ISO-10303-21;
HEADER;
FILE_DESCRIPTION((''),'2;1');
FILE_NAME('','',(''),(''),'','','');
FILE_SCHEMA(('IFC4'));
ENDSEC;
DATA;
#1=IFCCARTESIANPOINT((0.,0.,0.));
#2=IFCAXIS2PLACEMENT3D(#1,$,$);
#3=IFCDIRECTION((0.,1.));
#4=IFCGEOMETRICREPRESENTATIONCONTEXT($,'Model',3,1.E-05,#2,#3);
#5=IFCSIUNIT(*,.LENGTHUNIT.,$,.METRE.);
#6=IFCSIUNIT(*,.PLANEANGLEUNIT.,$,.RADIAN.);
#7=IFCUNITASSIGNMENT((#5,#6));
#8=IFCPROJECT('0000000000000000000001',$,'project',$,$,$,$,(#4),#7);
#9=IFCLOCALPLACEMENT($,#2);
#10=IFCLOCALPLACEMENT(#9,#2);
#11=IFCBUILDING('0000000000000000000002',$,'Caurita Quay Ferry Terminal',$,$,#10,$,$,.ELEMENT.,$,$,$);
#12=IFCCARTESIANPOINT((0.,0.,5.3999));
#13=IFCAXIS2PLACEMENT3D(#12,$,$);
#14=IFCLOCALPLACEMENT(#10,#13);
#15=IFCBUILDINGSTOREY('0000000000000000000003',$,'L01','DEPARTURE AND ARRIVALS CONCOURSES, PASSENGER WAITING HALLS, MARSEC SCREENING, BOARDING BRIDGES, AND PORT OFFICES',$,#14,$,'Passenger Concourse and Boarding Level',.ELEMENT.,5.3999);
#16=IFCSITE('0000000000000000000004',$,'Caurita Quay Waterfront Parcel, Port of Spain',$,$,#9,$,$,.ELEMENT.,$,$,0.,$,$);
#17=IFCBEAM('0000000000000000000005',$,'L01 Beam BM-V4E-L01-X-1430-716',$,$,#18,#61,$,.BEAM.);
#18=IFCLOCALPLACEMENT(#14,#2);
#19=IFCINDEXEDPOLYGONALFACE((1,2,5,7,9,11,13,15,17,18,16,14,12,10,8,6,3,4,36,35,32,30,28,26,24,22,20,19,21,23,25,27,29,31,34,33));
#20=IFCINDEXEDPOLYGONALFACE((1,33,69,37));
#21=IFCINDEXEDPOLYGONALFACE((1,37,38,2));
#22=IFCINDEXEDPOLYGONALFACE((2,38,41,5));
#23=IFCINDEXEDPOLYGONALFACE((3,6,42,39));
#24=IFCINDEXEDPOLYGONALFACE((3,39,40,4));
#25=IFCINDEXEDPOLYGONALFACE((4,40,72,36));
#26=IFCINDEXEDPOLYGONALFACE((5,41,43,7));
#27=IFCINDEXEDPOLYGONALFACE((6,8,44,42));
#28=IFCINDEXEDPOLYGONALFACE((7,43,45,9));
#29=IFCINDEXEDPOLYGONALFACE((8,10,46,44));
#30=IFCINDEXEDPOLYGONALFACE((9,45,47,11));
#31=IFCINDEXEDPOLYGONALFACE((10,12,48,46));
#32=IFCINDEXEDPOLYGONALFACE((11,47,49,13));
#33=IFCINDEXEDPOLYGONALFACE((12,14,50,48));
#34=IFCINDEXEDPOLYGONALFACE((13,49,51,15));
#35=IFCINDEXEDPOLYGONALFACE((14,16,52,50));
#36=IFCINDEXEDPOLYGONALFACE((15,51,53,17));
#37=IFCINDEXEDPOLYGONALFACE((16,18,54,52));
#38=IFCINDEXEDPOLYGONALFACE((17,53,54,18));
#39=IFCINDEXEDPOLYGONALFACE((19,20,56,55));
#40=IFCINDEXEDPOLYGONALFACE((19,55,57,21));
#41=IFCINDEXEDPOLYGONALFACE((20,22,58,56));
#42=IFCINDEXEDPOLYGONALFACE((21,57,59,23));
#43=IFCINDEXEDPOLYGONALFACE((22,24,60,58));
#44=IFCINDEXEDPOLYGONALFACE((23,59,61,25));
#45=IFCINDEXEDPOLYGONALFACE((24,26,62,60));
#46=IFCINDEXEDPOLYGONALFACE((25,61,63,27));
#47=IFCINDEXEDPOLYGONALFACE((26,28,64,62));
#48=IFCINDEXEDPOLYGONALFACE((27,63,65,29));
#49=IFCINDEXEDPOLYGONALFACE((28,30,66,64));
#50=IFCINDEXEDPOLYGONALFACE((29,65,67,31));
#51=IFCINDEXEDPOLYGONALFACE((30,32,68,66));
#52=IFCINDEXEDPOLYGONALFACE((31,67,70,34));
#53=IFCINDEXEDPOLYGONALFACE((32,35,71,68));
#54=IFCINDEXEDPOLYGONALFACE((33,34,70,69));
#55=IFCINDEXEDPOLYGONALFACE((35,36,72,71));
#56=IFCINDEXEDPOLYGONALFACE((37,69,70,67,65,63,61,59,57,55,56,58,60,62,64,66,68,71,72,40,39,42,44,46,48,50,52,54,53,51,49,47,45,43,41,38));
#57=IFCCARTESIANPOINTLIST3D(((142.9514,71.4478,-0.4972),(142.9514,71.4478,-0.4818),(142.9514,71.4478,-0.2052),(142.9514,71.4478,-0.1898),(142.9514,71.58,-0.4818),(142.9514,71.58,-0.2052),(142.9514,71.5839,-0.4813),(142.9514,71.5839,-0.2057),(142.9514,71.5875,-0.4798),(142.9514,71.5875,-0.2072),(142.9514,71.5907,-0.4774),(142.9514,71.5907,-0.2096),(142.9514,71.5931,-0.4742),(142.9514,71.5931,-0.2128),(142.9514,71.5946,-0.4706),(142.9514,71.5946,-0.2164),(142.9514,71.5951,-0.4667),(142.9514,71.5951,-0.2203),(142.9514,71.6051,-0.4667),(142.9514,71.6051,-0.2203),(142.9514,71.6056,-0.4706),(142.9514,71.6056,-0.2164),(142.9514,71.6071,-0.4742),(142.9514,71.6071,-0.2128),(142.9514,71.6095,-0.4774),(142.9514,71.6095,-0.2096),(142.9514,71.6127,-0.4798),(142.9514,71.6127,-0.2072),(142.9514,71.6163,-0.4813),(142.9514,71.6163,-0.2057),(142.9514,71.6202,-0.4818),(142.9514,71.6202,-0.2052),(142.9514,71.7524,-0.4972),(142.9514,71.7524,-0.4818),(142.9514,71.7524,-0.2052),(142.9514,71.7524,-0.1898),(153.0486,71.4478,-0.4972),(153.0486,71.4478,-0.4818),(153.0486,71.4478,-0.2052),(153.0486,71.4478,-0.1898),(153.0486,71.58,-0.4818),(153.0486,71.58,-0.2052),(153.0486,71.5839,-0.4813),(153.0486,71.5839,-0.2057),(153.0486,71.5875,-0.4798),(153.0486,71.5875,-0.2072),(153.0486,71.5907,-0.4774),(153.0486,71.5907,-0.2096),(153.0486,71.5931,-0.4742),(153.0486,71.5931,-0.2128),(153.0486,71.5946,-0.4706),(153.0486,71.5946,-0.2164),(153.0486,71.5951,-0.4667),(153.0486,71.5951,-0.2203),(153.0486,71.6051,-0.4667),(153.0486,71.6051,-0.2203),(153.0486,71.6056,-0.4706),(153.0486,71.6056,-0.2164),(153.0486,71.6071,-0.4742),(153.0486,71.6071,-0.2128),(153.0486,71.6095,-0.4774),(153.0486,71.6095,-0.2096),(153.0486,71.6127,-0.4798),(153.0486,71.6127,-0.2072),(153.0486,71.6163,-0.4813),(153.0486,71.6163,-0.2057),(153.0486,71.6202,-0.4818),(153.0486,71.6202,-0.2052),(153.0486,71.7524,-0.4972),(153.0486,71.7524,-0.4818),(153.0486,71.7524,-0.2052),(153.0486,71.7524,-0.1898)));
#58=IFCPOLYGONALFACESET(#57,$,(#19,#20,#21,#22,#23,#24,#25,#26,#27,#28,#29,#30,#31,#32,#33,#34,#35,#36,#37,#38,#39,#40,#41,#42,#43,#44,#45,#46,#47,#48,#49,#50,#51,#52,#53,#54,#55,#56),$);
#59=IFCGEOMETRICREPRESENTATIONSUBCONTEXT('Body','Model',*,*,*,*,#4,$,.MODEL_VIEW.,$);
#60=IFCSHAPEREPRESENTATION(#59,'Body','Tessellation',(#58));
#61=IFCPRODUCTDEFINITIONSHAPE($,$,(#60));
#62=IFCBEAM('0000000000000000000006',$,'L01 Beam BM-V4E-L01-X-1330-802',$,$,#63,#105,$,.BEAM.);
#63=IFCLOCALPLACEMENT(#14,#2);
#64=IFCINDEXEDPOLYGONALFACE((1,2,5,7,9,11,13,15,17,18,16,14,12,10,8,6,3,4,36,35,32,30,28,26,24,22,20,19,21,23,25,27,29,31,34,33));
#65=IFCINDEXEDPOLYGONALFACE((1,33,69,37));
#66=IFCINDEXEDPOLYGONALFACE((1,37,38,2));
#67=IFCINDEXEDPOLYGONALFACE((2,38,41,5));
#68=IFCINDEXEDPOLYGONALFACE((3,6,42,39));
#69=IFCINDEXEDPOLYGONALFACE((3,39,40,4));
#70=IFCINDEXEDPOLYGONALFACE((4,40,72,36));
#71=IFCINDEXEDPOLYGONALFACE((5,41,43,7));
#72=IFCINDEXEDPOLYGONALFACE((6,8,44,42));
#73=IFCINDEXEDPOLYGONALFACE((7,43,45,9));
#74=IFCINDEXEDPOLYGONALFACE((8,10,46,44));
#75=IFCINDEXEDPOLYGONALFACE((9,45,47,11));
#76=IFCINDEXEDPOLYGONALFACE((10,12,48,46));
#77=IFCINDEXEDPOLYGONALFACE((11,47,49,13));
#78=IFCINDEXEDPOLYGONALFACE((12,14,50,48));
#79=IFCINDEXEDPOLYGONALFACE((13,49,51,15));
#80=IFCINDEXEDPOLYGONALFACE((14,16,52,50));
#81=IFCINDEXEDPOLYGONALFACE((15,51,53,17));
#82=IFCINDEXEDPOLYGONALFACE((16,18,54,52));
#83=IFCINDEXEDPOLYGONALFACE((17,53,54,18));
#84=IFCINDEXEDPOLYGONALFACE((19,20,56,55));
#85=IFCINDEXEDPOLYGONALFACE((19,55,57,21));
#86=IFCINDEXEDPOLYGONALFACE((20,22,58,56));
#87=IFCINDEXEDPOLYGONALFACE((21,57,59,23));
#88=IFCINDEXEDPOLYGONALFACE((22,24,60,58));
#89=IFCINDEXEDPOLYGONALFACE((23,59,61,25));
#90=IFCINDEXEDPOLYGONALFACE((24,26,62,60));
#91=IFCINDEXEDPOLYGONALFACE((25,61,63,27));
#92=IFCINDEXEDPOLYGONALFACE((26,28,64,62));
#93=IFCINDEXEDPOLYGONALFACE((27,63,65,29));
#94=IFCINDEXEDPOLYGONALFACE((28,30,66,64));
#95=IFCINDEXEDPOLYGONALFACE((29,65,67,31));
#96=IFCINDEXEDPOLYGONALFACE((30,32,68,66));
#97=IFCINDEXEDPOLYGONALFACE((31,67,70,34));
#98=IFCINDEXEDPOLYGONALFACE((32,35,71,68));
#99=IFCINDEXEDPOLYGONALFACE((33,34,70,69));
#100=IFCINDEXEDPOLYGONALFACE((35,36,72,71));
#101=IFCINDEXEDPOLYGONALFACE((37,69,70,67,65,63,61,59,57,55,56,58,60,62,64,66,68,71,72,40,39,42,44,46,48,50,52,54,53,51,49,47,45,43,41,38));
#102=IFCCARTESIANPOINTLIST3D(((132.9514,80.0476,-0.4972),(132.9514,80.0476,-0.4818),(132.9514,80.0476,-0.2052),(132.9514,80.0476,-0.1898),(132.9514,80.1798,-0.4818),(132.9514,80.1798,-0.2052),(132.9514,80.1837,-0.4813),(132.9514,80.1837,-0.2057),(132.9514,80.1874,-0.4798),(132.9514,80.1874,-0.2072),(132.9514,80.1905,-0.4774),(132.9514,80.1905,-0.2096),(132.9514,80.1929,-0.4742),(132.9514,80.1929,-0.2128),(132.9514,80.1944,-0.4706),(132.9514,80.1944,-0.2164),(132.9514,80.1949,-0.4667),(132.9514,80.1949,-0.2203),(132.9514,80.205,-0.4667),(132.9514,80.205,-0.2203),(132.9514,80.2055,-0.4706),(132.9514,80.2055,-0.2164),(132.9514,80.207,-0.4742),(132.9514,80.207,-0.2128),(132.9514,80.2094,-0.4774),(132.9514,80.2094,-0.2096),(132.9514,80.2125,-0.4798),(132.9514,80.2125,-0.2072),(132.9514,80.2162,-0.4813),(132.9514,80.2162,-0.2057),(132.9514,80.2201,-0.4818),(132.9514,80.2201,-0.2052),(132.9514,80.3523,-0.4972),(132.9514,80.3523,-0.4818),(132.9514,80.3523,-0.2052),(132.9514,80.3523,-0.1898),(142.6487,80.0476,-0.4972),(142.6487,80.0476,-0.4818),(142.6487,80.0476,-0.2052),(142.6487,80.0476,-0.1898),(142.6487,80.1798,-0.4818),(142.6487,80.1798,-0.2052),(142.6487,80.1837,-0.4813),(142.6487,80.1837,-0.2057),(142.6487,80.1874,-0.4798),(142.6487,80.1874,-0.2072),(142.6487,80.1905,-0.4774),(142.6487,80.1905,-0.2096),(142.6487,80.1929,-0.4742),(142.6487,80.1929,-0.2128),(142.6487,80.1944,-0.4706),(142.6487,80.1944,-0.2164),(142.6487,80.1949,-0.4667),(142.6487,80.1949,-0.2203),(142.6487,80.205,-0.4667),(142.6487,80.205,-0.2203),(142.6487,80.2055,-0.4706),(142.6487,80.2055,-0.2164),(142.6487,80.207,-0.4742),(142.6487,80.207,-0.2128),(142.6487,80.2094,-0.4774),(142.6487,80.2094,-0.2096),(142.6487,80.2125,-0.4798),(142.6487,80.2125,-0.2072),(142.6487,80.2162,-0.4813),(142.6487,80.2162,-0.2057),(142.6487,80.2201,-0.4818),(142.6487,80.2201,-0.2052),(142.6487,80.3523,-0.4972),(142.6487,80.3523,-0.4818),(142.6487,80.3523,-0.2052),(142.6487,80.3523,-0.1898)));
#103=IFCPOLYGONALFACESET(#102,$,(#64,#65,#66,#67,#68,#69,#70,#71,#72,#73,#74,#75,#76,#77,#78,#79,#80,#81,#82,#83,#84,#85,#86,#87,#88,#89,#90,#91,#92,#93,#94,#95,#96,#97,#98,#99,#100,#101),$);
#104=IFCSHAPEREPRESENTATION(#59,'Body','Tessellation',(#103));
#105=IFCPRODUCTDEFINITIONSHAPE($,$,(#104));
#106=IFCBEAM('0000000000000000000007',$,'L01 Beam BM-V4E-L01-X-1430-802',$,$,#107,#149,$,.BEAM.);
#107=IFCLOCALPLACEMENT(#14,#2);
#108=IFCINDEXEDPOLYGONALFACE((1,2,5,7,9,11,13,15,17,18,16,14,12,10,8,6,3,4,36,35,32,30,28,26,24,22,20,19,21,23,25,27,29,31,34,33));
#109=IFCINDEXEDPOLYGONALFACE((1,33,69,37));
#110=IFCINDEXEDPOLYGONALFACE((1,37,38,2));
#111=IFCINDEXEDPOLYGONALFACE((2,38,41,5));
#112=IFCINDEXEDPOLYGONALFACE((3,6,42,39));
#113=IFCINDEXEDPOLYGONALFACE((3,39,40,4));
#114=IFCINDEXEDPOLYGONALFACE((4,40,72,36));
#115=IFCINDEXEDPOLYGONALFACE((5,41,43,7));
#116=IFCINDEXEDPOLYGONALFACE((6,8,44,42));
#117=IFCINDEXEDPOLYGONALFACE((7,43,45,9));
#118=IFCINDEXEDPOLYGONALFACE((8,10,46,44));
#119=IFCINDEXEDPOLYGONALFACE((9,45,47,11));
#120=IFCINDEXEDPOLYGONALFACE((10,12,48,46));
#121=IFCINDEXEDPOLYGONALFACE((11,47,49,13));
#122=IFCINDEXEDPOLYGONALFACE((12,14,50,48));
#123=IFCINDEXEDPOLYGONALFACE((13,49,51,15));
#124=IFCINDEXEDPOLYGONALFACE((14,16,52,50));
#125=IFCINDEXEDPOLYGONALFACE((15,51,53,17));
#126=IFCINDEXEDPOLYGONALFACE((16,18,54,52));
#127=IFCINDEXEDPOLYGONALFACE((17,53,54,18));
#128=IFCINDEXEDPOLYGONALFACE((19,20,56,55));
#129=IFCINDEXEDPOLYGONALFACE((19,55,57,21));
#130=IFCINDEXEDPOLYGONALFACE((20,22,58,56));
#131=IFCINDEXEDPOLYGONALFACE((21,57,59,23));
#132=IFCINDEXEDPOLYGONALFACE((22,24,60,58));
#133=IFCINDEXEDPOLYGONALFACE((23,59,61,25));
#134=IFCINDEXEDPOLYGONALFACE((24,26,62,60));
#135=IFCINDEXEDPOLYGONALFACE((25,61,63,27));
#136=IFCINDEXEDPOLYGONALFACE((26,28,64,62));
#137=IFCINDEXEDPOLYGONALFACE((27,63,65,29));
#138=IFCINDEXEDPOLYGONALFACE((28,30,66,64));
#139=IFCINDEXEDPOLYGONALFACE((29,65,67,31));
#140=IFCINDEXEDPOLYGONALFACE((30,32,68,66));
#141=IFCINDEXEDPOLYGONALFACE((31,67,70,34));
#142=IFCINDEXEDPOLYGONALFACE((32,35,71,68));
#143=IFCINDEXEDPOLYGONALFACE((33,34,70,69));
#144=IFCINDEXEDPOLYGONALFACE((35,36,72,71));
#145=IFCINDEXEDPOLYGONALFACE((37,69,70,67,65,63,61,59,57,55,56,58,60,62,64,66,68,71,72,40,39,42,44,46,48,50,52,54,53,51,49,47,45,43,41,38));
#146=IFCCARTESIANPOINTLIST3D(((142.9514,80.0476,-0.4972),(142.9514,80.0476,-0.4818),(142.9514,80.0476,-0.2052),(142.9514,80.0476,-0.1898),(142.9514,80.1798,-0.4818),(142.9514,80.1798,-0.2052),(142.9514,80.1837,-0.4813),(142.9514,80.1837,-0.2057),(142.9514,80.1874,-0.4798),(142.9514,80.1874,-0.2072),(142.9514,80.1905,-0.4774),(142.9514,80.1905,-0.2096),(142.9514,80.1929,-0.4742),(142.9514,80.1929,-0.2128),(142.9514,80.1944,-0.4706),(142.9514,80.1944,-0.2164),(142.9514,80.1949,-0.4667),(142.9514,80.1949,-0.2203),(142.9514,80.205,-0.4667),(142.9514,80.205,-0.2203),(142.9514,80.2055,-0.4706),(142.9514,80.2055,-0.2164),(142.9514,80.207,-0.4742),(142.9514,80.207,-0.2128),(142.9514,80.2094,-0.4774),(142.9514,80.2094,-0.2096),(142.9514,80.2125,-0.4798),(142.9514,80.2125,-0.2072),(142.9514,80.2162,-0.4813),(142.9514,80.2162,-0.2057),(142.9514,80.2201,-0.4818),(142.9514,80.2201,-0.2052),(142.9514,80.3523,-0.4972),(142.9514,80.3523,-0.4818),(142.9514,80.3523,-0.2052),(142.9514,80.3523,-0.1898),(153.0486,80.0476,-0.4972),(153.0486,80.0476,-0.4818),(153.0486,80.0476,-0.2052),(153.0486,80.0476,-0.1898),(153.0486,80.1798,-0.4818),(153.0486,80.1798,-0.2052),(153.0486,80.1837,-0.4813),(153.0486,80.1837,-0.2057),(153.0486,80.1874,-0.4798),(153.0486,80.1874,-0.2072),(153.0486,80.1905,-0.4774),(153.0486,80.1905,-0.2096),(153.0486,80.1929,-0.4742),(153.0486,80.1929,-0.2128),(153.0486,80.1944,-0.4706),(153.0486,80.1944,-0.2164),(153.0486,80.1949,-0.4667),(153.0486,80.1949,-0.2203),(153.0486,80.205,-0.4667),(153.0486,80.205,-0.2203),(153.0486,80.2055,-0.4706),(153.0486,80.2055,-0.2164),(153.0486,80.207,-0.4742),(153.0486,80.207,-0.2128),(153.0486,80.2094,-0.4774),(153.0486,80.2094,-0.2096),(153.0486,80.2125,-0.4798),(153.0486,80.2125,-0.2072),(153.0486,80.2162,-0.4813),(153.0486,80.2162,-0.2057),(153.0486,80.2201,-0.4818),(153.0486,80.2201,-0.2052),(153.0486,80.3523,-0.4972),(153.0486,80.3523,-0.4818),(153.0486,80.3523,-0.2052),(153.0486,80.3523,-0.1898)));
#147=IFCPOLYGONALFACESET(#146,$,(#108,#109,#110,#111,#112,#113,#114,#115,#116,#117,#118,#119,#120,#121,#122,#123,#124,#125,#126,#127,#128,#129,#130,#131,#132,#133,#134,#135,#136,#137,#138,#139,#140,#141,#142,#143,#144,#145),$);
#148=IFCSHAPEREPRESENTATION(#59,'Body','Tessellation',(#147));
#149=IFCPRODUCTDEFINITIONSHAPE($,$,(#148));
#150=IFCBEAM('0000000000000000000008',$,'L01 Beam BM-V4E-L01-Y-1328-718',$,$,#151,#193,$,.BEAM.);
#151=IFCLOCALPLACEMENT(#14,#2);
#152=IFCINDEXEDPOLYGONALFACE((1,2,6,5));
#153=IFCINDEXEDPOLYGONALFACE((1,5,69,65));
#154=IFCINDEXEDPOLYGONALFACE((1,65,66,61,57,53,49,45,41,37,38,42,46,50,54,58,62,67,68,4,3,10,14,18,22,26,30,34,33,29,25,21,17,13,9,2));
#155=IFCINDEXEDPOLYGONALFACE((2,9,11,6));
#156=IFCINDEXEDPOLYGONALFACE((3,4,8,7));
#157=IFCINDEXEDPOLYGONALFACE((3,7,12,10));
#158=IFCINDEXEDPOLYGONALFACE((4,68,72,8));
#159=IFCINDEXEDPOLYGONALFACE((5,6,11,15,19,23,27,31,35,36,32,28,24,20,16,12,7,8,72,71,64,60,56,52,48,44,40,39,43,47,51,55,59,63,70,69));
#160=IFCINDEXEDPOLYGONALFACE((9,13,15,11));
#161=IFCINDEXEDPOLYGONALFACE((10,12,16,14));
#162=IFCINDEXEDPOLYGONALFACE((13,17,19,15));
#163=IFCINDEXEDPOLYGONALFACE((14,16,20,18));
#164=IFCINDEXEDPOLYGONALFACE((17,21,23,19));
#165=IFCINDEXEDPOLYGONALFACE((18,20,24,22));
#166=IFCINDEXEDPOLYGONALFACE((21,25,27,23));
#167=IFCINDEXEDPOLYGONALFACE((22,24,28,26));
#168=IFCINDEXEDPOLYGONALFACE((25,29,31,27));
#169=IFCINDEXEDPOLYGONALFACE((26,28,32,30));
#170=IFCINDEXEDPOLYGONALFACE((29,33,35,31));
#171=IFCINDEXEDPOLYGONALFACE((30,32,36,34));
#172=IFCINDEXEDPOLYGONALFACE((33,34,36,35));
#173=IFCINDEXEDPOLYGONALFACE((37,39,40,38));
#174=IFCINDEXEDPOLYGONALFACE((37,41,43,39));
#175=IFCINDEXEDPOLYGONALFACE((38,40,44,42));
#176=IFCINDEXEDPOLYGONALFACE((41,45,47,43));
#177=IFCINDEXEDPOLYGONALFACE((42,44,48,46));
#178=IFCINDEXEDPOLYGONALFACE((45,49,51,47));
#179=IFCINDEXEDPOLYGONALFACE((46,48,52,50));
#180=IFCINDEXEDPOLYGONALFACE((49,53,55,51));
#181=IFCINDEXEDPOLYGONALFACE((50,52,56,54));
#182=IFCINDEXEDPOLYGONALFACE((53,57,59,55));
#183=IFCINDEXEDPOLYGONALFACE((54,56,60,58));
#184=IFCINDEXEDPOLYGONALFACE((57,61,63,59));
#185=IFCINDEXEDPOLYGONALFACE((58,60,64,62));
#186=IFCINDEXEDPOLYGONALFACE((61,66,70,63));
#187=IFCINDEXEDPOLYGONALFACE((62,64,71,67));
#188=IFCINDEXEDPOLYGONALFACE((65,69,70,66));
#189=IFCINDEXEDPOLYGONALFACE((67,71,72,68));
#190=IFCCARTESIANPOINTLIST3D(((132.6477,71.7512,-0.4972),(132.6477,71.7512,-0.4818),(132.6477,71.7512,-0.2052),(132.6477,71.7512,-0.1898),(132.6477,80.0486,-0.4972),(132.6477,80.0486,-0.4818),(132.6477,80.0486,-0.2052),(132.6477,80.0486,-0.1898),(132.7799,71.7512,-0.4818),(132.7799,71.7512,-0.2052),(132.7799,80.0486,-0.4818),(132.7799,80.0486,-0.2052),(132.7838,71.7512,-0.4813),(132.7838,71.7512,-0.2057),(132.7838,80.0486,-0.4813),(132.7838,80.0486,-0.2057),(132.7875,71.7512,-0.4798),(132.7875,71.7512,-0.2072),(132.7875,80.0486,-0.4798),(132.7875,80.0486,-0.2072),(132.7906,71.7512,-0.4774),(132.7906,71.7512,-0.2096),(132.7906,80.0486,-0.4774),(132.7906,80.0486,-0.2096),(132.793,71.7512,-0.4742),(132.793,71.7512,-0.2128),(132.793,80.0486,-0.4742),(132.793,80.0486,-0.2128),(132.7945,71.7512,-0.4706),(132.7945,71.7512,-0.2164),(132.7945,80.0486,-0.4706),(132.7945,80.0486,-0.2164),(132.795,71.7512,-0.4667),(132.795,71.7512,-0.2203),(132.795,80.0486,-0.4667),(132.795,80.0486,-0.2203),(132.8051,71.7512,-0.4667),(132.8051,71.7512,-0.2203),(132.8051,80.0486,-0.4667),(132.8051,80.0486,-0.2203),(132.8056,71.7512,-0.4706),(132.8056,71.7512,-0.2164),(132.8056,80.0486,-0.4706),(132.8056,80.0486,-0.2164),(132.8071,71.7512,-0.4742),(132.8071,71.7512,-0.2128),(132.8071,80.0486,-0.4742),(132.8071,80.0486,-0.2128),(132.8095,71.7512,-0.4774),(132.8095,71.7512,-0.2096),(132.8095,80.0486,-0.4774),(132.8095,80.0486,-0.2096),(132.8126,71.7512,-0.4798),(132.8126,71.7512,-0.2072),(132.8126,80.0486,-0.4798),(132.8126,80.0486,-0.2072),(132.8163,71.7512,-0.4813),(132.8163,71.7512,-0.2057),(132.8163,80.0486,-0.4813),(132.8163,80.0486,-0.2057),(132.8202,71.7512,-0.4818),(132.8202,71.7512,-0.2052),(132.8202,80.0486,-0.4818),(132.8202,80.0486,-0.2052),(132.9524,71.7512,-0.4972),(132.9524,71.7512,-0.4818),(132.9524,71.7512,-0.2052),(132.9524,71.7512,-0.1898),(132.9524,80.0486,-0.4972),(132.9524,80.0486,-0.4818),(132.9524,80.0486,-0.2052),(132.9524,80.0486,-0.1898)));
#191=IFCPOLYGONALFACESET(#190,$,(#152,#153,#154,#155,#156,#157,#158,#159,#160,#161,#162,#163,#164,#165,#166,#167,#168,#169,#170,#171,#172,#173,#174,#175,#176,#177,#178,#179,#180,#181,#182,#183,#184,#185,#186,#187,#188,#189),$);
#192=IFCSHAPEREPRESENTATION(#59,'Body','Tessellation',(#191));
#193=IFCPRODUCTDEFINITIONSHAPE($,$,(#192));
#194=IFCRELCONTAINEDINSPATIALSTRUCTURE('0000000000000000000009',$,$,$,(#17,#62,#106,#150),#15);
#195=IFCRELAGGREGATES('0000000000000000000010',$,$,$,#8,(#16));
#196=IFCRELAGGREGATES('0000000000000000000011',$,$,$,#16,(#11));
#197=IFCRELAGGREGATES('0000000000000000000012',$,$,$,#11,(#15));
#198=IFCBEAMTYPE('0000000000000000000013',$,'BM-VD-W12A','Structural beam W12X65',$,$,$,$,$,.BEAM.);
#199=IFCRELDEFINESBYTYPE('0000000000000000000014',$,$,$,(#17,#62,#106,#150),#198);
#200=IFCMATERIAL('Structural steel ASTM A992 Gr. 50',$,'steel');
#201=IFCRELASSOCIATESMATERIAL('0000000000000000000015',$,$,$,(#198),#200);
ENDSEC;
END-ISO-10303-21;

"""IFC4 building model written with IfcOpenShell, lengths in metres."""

from ifc_helpers import new_model, si_unit, direction, frame, origin, origin_2d, place, context, subcontext, project, spatial, i_section, extrude, material, material_profile, profile_set, type_object, element, save


model = new_model("IFC4")

# Units and contexts
model_context = context("Model", 3, precision=1e-05, world=origin(), true_north=direction((0.0, 1.0)))
body_context = subcontext(model_context, "Body", "Model", "MODEL_VIEW")
ifc_project = project(units=[si_unit("LENGTHUNIT", "METRE"), si_unit("PLANEANGLEUNIT", "RADIAN")], contexts=[model_context])

# Site, building, storey
site_placement = place(None, origin())
site = spatial("IfcSite", under=ifc_project, at=site_placement, Name="Caurita Quay Waterfront Parcel, Port of Spain", CompositionType="ELEMENT", RefElevation=0.0)
building_placement = place(site_placement, origin())
building = spatial("IfcBuilding", under=site, at=building_placement, Name="Caurita Quay Ferry Terminal", CompositionType="ELEMENT")
storey_placement = place(building_placement, frame((0.0, 0.0, 5.3999)))
storey = spatial("IfcBuildingStorey", under=building, at=storey_placement, Name="L01", Description="DEPARTURE AND ARRIVALS CONCOURSES, PASSENGER WAITING HALLS, MARSEC SCREENING, BOARDING BRIDGES, AND PORT OFFICES", LongName="Passenger Concourse and Boarding Level", CompositionType="ELEMENT", Elevation=5.3999)

# Beams
ifc_material_1 = material(Name="Structural steel ASTM A992 Gr. 50", Category="steel")
ifc_material_profile_1 = material_profile(ifc_material_1, i_section(OverallWidth=0.3047, OverallDepth=0.3074, WebThickness=0.01, FlangeThickness=0.0154, FilletRadius=0.0151, at=origin_2d()), Name="W12X65")
ifc_profile_set_1 = profile_set([ifc_material_profile_1], Name="Structural steel ASTM A992 Gr. 50")
beam_type_1 = type_object("IfcBeamType", Name="BM-VD-W12A", Description="Structural beam W12X65", PredefinedType="BEAM", material=ifc_profile_set_1)
beam_1_placement = place(storey_placement, frame((142.9514, 71.6001, -0.3435), z_axis=(1.0, 0.0, 0.0), x_axis=(0.0, 1.0, 0.0)))
element("IfcBeam", 1, at=beam_1_placement, inside=storey, type_object=beam_type_1, Name="L01 Beam BM-V4E-L01-X-1430-716", PredefinedType="BEAM", context=body_context, shape_type="SweptSolid", body=[
    extrude(i_section(OverallWidth=0.3047, OverallDepth=0.3074, WebThickness=0.01, FlangeThickness=0.0154, FilletRadius=0.0151, at=origin_2d()), origin(), (0.0, 0.0, 1.0), 10.0972),
])
beam_2_placement = place(storey_placement, frame((132.9514, 80.2, -0.3435), z_axis=(1.0, 0.0, 0.0), x_axis=(0.0, 1.0, 0.0)))
element("IfcBeam", 2, at=beam_2_placement, inside=storey, type_object=beam_type_1, Name="L01 Beam BM-V4E-L01-X-1330-802", PredefinedType="BEAM", context=body_context, shape_type="SweptSolid", body=[
    extrude(i_section(OverallWidth=0.3047, OverallDepth=0.3074, WebThickness=0.01, FlangeThickness=0.0154, FilletRadius=0.0151, at=origin_2d()), origin(), (0.0, 0.0, 1.0), 9.6973),
])
beam_3_placement = place(storey_placement, frame((142.9514, 80.2, -0.3435), z_axis=(1.0, 0.0, 0.0), x_axis=(0.0, 1.0, 0.0)))
element("IfcBeam", 3, at=beam_3_placement, inside=storey, type_object=beam_type_1, Name="L01 Beam BM-V4E-L01-X-1430-802", PredefinedType="BEAM", context=body_context, shape_type="SweptSolid", body=[
    extrude(i_section(OverallWidth=0.3047, OverallDepth=0.3074, WebThickness=0.01, FlangeThickness=0.0154, FilletRadius=0.0151, at=origin_2d()), origin(), (0.0, 0.0, 1.0), 10.0972),
])
beam_4_placement = place(storey_placement, frame((132.8, 71.7512, -0.3435), z_axis=(0.0, 1.0, 0.0), x_axis=(-1.0, 0.0, 0.0)))
element("IfcBeam", 4, at=beam_4_placement, inside=storey, type_object=beam_type_1, Name="L01 Beam BM-V4E-L01-Y-1328-718", PredefinedType="BEAM", context=body_context, shape_type="SweptSolid", body=[
    extrude(i_section(OverallWidth=0.3047, OverallDepth=0.3074, WebThickness=0.01, FlangeThickness=0.0154, FilletRadius=0.0151, at=origin_2d()), origin(), (0.0, 0.0, 1.0), 8.2974),
])

save(model, "model.ifc")
